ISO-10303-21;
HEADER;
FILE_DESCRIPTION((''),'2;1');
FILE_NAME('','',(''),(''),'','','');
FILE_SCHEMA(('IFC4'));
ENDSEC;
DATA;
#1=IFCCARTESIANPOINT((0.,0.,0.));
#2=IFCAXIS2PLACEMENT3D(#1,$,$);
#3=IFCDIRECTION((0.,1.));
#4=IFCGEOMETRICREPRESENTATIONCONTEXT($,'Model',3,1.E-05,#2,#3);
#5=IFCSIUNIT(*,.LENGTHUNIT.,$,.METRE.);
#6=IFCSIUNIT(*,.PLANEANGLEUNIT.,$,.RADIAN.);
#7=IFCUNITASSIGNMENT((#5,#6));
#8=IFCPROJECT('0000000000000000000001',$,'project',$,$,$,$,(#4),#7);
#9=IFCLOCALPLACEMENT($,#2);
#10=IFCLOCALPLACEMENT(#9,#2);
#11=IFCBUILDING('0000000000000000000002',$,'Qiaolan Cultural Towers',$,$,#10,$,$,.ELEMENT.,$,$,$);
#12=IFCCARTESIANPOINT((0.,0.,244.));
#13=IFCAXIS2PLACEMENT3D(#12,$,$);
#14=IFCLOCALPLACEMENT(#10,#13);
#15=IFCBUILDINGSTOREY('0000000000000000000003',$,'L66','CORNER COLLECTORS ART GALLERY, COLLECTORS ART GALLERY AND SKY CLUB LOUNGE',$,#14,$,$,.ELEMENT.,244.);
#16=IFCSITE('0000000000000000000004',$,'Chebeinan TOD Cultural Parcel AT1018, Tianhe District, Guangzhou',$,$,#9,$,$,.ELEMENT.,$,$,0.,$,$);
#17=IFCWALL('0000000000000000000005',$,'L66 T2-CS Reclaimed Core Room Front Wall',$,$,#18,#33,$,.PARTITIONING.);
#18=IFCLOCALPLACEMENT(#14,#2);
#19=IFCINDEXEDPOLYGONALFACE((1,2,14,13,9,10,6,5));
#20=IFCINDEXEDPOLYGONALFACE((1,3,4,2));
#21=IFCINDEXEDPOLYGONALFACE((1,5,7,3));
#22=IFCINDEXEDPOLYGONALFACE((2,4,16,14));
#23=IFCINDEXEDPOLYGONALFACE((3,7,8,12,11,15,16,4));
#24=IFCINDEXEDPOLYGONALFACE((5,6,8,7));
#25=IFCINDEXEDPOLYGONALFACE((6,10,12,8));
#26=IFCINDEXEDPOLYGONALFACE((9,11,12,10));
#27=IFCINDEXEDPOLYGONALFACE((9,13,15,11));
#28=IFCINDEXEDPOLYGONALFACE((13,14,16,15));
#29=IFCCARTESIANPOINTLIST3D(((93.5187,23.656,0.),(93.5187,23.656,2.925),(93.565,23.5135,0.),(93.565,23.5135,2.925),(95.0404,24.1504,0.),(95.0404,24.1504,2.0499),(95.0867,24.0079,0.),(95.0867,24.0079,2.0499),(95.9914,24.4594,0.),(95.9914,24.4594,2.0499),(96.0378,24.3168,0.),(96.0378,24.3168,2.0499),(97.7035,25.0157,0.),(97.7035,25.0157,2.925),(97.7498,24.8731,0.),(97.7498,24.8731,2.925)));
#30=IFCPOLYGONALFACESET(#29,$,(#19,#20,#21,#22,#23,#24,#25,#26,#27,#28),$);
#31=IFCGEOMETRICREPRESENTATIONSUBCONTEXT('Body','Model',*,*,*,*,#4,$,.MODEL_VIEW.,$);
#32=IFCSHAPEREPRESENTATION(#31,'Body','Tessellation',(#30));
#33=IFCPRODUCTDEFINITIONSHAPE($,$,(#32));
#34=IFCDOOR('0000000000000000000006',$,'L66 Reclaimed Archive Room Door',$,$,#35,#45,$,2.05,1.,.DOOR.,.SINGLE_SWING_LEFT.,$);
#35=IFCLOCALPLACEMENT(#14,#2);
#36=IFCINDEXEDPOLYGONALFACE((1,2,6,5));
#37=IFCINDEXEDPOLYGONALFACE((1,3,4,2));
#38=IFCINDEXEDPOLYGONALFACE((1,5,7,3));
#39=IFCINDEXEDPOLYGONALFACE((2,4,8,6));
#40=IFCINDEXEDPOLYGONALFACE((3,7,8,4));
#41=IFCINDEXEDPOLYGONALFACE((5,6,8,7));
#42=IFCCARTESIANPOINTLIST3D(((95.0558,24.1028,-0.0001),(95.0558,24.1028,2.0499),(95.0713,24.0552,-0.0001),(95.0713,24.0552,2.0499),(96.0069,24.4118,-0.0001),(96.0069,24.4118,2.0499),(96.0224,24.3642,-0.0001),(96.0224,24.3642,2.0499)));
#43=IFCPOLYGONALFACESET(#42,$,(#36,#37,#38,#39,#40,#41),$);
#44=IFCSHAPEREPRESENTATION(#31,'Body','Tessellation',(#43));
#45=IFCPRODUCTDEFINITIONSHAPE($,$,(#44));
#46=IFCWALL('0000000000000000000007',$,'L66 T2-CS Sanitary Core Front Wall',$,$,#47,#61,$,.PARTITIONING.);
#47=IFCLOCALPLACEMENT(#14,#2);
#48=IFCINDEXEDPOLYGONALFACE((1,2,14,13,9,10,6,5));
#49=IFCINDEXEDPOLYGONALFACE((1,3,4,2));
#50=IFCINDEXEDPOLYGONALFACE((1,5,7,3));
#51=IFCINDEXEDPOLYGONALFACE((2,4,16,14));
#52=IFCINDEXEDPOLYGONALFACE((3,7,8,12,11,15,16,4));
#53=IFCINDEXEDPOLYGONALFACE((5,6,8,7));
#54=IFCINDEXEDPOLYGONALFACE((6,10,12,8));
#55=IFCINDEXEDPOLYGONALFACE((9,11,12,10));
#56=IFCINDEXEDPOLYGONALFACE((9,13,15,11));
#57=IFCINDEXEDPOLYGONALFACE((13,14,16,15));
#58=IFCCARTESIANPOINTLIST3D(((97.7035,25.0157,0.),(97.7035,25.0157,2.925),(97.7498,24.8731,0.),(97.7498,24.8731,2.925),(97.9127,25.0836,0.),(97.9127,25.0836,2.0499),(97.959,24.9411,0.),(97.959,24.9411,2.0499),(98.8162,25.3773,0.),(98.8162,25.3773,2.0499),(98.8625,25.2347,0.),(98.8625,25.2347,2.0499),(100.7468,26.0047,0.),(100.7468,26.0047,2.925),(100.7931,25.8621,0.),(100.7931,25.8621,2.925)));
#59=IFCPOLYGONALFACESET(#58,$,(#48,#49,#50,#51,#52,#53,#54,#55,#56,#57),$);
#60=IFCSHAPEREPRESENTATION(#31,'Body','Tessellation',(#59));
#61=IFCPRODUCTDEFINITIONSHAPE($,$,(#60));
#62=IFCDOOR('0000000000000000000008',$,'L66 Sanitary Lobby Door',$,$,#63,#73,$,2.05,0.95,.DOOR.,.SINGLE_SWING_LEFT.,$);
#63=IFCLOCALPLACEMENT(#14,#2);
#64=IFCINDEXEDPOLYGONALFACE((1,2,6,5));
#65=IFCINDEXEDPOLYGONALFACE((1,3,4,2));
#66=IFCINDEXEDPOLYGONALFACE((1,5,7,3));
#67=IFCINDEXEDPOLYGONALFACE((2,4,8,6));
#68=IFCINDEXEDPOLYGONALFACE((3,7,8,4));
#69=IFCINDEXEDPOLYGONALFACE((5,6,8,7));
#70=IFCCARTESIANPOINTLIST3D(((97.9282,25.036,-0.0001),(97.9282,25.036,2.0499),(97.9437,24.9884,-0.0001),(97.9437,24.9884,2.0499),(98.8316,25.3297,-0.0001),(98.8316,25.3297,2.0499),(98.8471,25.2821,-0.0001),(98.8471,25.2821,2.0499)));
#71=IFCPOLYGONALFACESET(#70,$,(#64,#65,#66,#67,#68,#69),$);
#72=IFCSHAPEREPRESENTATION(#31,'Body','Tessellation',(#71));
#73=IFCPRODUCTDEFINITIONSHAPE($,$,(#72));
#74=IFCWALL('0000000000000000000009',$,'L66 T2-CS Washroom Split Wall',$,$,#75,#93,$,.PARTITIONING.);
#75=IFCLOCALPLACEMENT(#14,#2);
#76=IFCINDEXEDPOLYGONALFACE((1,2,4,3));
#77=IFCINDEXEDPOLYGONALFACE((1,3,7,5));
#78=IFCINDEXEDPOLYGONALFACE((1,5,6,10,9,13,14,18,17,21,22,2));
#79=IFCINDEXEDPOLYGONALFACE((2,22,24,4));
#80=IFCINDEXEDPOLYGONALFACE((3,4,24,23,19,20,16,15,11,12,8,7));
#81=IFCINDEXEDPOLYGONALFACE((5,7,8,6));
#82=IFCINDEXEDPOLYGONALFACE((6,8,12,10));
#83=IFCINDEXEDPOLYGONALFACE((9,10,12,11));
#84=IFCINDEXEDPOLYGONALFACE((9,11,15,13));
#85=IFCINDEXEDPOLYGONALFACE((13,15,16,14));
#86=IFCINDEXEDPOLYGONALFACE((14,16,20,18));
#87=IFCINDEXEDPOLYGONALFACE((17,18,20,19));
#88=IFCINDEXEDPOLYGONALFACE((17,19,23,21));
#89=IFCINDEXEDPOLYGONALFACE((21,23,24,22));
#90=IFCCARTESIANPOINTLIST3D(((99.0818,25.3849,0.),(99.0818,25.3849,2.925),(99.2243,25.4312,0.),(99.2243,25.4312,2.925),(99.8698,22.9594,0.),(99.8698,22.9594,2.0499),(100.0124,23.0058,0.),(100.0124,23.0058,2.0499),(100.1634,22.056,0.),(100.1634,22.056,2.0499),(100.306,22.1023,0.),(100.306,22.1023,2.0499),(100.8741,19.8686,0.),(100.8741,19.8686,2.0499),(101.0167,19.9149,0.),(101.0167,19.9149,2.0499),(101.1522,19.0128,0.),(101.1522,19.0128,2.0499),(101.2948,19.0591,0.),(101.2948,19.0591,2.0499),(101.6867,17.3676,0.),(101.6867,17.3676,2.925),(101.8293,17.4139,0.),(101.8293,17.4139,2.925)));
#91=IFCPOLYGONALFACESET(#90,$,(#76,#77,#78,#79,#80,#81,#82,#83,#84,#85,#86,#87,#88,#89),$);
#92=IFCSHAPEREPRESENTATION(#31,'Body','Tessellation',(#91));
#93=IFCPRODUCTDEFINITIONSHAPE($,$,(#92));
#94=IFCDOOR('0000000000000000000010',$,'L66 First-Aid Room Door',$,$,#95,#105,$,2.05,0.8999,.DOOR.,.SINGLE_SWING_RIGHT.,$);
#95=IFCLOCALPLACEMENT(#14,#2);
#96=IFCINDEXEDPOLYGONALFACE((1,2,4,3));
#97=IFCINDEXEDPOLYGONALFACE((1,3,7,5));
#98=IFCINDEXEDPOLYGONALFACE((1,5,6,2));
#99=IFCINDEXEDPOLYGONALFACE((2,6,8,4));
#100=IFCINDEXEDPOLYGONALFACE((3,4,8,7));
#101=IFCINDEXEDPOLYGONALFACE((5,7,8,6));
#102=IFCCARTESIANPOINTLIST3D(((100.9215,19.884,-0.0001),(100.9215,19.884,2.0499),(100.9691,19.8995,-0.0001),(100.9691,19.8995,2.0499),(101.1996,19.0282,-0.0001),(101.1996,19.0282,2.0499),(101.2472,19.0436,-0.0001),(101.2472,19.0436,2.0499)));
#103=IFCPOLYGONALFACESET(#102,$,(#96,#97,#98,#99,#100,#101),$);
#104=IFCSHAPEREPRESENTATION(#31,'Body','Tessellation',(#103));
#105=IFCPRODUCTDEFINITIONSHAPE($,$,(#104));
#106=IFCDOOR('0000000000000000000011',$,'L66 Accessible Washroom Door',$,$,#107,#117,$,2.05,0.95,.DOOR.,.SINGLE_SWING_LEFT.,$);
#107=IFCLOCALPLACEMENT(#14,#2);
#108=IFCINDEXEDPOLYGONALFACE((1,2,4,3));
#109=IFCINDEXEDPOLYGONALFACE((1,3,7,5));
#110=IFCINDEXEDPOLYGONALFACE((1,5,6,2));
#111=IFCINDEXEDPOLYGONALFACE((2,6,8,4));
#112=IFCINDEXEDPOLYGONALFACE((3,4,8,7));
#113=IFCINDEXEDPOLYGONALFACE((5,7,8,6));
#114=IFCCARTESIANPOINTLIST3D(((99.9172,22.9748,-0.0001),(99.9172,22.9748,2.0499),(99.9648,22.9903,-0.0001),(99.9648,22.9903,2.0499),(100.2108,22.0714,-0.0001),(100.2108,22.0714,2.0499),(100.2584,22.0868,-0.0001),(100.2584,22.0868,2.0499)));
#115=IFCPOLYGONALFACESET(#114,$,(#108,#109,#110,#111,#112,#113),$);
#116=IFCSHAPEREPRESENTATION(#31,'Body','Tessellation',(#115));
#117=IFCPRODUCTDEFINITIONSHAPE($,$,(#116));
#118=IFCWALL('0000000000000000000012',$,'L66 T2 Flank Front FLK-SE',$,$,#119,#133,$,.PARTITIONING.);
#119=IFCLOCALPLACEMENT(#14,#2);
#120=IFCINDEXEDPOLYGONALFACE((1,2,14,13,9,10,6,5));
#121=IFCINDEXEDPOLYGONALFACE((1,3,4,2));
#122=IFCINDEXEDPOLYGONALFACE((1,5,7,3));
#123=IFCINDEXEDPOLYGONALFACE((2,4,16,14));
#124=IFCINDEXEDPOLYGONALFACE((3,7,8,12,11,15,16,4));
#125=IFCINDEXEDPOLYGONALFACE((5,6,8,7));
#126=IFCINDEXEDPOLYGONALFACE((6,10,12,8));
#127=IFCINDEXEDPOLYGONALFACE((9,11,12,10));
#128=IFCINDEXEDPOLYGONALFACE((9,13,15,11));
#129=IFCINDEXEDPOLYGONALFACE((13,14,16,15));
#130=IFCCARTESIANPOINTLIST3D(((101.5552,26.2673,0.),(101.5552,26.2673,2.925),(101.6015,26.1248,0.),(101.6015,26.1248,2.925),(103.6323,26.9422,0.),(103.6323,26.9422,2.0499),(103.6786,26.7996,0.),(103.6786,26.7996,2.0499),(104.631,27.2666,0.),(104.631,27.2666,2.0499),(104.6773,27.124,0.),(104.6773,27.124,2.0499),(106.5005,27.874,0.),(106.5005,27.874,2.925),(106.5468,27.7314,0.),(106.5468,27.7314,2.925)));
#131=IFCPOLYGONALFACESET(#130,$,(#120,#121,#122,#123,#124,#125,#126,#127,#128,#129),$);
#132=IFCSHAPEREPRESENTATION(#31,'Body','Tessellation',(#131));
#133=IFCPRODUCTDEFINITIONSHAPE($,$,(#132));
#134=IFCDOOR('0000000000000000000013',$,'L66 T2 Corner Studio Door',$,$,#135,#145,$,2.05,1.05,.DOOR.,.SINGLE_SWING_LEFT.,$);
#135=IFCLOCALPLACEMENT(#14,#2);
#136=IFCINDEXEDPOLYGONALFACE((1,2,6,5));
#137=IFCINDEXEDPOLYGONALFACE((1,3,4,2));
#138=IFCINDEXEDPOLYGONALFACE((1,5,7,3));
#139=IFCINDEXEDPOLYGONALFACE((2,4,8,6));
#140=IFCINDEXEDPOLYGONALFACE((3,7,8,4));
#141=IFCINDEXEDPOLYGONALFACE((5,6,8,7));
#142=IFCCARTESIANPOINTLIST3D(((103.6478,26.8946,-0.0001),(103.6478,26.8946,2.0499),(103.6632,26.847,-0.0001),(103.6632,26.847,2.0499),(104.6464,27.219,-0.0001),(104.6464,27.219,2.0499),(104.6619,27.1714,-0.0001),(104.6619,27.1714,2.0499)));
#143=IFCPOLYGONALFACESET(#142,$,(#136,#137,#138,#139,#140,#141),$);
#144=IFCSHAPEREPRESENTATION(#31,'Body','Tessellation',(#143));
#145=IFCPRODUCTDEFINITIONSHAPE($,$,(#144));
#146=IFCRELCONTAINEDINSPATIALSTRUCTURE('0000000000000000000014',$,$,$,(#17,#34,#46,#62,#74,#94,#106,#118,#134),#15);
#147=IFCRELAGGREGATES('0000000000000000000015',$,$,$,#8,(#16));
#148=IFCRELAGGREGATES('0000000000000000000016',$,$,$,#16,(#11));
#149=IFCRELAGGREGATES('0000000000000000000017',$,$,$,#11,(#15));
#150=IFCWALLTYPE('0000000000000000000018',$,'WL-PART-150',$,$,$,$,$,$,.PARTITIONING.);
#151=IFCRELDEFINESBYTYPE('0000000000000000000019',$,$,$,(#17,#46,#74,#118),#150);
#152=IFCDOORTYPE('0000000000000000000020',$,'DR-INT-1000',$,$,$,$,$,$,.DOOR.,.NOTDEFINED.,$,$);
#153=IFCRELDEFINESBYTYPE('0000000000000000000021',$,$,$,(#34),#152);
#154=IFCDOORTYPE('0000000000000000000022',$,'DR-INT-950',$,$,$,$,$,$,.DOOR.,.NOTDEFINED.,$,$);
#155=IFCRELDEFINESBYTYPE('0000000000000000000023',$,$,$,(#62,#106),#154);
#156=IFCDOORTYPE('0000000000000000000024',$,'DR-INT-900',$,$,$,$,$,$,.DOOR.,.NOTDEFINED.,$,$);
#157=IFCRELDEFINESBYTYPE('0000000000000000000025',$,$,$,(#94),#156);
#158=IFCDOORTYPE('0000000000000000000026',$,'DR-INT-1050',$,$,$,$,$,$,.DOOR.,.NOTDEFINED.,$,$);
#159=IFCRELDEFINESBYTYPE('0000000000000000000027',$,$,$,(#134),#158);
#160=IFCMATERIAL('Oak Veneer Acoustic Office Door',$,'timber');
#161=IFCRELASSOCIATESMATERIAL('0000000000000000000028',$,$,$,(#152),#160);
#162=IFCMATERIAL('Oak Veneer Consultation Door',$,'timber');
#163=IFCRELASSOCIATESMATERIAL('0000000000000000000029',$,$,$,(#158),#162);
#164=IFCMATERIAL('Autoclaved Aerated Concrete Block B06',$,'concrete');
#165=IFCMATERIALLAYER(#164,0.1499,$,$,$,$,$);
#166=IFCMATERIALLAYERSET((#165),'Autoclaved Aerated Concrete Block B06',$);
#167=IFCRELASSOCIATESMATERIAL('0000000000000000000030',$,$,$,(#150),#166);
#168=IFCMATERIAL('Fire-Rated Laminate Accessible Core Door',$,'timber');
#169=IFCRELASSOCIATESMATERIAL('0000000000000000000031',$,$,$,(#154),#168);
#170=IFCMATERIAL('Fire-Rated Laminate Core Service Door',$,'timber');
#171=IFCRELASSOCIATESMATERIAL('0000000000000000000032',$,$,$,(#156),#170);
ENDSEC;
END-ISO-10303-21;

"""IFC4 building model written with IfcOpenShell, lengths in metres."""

from ifc_helpers import new_model, si_unit, direction, frame, frame_2d, origin, place, context, subcontext, project, spatial, rectangle, extrude, material, layer, layer_set, type_object, element, fill, save


model = new_model("IFC4")

# Units and contexts
model_context = context("Model", 3, precision=1e-05, world=origin(), true_north=direction((0.0, 1.0)))
body_context = subcontext(model_context, "Body", "Model", "MODEL_VIEW")
ifc_project = project(units=[si_unit("LENGTHUNIT", "METRE"), si_unit("PLANEANGLEUNIT", "RADIAN")], contexts=[model_context])

# Site, building, storey
site_placement = place(None, origin())
site = spatial("IfcSite", under=ifc_project, at=site_placement, Name="Chebeinan TOD Cultural Parcel AT1018, Tianhe District, Guangzhou", CompositionType="ELEMENT", RefElevation=0.0)
building_placement = place(site_placement, origin())
building = spatial("IfcBuilding", under=site, at=building_placement, Name="Qiaolan Cultural Towers", CompositionType="ELEMENT")
storey_placement = place(building_placement, frame((0.0, 0.0, 244.0)))
storey = spatial("IfcBuildingStorey", under=building, at=storey_placement, Name="L66", Description="CORNER COLLECTORS ART GALLERY, COLLECTORS ART GALLERY AND SKY CLUB LOUNGE", CompositionType="ELEMENT", Elevation=244.0)

# Shared definitions
ifc_material_1 = material(Name="Oak Veneer Acoustic Office Door", Category="timber")
door_type_1 = type_object("IfcDoorType", Name="DR-INT-1000", OperationType="NOTDEFINED", PredefinedType="DOOR", material=ifc_material_1)

# Shared definitions
ifc_material_2 = material(Name="Oak Veneer Consultation Door", Category="timber")
door_type_2 = type_object("IfcDoorType", Name="DR-INT-1050", OperationType="NOTDEFINED", PredefinedType="DOOR", material=ifc_material_2)

# Walls, openings, doors
ifc_material_3 = material(Name="Autoclaved Aerated Concrete Block B06", Category="concrete")
ifc_layer_1 = layer(ifc_material_3, 0.1499)
ifc_layer_set_1 = layer_set([ifc_layer_1], Name="Autoclaved Aerated Concrete Block B06")
wall_type_1 = type_object("IfcWallType", Name="WL-PART-150", PredefinedType="PARTITIONING", material=ifc_layer_set_1)
wall_1_placement = place(storey_placement, frame((93.5417, 23.5847, 0.0), z_axis=(0.0, 0.0, 1.0), x_axis=(0.951064, 0.308994, 0.0)))
wall_1 = element("IfcWall", 1, at=wall_1_placement, inside=storey, type_object=wall_type_1, Name="L66 T2-CS Reclaimed Core Room Front Wall", PredefinedType="PARTITIONING", context=body_context, shape_type="SweptSolid", body=[
    extrude(rectangle(XDim=4.4001, YDim=0.1499, at=frame_2d((2.2002, 0.0))), origin(), (0.0, 0.0, 1.0), 2.925),
])
opening_1_placement = place(wall_1_placement, frame((1.6001, 0.0, 0.0)))
opening_1 = element("IfcOpeningElement", 2, at=opening_1_placement, cuts=wall_1, PredefinedType="OPENING", context=body_context, shape_type="SweptSolid", body=[
    extrude(rectangle(XDim=1.0, YDim=2.05, at=frame_2d((0.5, 1.0249))), frame((0.0, 0.085, 0.0), z_axis=(0.0, -1.0, 0.0), x_axis=(1.0, 0.0, 0.0)), (0.0, 0.0, 1.0), 0.1699),
])
door_1_placement = place(opening_1_placement, origin())
door_1 = element("IfcDoor", 3, at=door_1_placement, inside=storey, type_object=door_type_1, Name="L66 Reclaimed Archive Room Door", OperationType="SINGLE_SWING_LEFT", OverallHeight=2.05, OverallWidth=1.0, PredefinedType="DOOR", context=body_context, shape_type="SweptSolid", body=[
    extrude(rectangle(XDim=1.0, YDim=2.05, at=frame_2d((0.5, 1.0249))), frame((0.0, 0.0249, 0.0), z_axis=(0.0, -1.0, 0.0), x_axis=(1.0, 0.0, 0.0)), (0.0, 0.0, 1.0), 0.05),
])
fill(opening_1, door_1)
wall_2_placement = place(storey_placement, frame((97.7266, 24.9443, 0.0), z_axis=(0.0, 0.0, 1.0), x_axis=(0.951037, 0.309077, 0.0)))
wall_2 = element("IfcWall", 4, at=wall_2_placement, inside=storey, type_object=wall_type_1, Name="L66 T2-CS Sanitary Core Front Wall", PredefinedType="PARTITIONING", context=body_context, shape_type="SweptSolid", body=[
    extrude(rectangle(XDim=3.2, YDim=0.1499, at=frame_2d((1.6001, 0.0))), origin(), (0.0, 0.0, 1.0), 2.925),
])
opening_2_placement = place(wall_2_placement, frame((0.22, 0.0, 0.0)))
opening_2 = element("IfcOpeningElement", 5, at=opening_2_placement, cuts=wall_2, PredefinedType="OPENING", context=body_context, shape_type="SweptSolid", body=[
    extrude(rectangle(XDim=0.95, YDim=2.05, at=frame_2d((0.4751, 1.0249))), frame((0.0, 0.085, 0.0), z_axis=(0.0, -1.0, 0.0), x_axis=(1.0, 0.0, 0.0)), (0.0, 0.0, 1.0), 0.1699),
])
ifc_material_4 = material(Name="Fire-Rated Laminate Accessible Core Door", Category="timber")
door_type_3 = type_object("IfcDoorType", Name="DR-INT-950", OperationType="NOTDEFINED", PredefinedType="DOOR", material=ifc_material_4)
door_2_placement = place(opening_2_placement, origin())
door_2 = element("IfcDoor", 6, at=door_2_placement, inside=storey, type_object=door_type_3, Name="L66 Sanitary Lobby Door", OperationType="SINGLE_SWING_LEFT", OverallHeight=2.05, OverallWidth=0.95, PredefinedType="DOOR", context=body_context, shape_type="SweptSolid", body=[
    extrude(rectangle(XDim=0.95, YDim=2.05, at=frame_2d((0.4751, 1.0249))), frame((0.0, 0.0249, 0.0), z_axis=(0.0, -1.0, 0.0), x_axis=(1.0, 0.0, 0.0)), (0.0, 0.0, 1.0), 0.05),
])
fill(opening_2, door_2)

# Wall, openings, doors
wall_3_placement = place(storey_placement, frame((99.1531, 25.408, 0.0), z_axis=(0.0, 0.0, 1.0), x_axis=(0.309016, -0.951057, 0.0)))
wall_3 = element("IfcWall", 7, at=wall_3_placement, inside=storey, type_object=wall_type_1, Name="L66 T2-CS Washroom Split Wall", PredefinedType="PARTITIONING", context=body_context, shape_type="SweptSolid", body=[
    extrude(rectangle(XDim=8.4299, YDim=0.1499, at=frame_2d((4.2148, 0.0))), origin(), (0.0, 0.0, 1.0), 2.925),
])
opening_3_placement = place(wall_3_placement, frame((2.55, 0.0, 0.0)))
opening_3 = element("IfcOpeningElement", 8, at=opening_3_placement, cuts=wall_3, PredefinedType="OPENING", context=body_context, shape_type="SweptSolid", body=[
    extrude(rectangle(XDim=0.95, YDim=2.05, at=frame_2d((0.4751, 1.0249))), frame((0.0, 0.085, 0.0), z_axis=(0.0, -1.0, 0.0), x_axis=(1.0, 0.0, 0.0)), (0.0, 0.0, 1.0), 0.1699),
])
opening_4_placement = place(wall_3_placement, frame((5.8, 0.0, 0.0)))
opening_4 = element("IfcOpeningElement", 9, at=opening_4_placement, cuts=wall_3, PredefinedType="OPENING", context=body_context, shape_type="SweptSolid", body=[
    extrude(rectangle(XDim=0.8999, YDim=2.05, at=frame_2d((0.45, 1.0249))), frame((0.0, 0.085, 0.0), z_axis=(0.0, -1.0, 0.0), x_axis=(1.0, 0.0, 0.0)), (0.0, 0.0, 1.0), 0.1699),
])
ifc_material_5 = material(Name="Fire-Rated Laminate Core Service Door", Category="timber")
door_type_4 = type_object("IfcDoorType", Name="DR-INT-900", OperationType="NOTDEFINED", PredefinedType="DOOR", material=ifc_material_5)
door_3_placement = place(opening_4_placement, origin())
door_3 = element("IfcDoor", 10, at=door_3_placement, inside=storey, type_object=door_type_4, Name="L66 First-Aid Room Door", OperationType="SINGLE_SWING_RIGHT", OverallHeight=2.05, OverallWidth=0.8999, PredefinedType="DOOR", context=body_context, shape_type="SweptSolid", body=[
    extrude(rectangle(XDim=0.8999, YDim=2.05, at=frame_2d((0.45, 1.0249))), frame((0.0, 0.0249, 0.0), z_axis=(0.0, -1.0, 0.0), x_axis=(1.0, 0.0, 0.0)), (0.0, 0.0, 1.0), 0.05),
])
fill(opening_4, door_3)
door_4_placement = place(opening_3_placement, origin())
door_4 = element("IfcDoor", 11, at=door_4_placement, inside=storey, type_object=door_type_3, Name="L66 Accessible Washroom Door", OperationType="SINGLE_SWING_LEFT", OverallHeight=2.05, OverallWidth=0.95, PredefinedType="DOOR", context=body_context, shape_type="SweptSolid", body=[
    extrude(rectangle(XDim=0.95, YDim=2.05, at=frame_2d((0.4751, 1.0249))), frame((0.0, 0.0249, 0.0), z_axis=(0.0, -1.0, 0.0), x_axis=(1.0, 0.0, 0.0)), (0.0, 0.0, 1.0), 0.05),
])
fill(opening_3, door_4)

# Wall, opening, door
wall_4_placement = place(storey_placement, frame((101.5784, 26.196, 0.0), z_axis=(0.0, 0.0, 1.0), x_axis=(0.951064, 0.308993, 0.0)))
wall_4 = element("IfcWall", 12, at=wall_4_placement, inside=storey, type_object=wall_type_1, Name="L66 T2 Flank Front FLK-SE", PredefinedType="PARTITIONING", context=body_context, shape_type="SweptSolid", body=[
    extrude(rectangle(XDim=5.1997, YDim=0.1499, at=frame_2d((2.5999, 0.0))), origin(), (0.0, 0.0, 1.0), 2.925),
])
opening_5_placement = place(wall_4_placement, frame((2.1841, 0.0, 0.0)))
opening_5 = element("IfcOpeningElement", 13, at=opening_5_placement, cuts=wall_4, PredefinedType="OPENING", context=body_context, shape_type="SweptSolid", body=[
    extrude(rectangle(XDim=1.05, YDim=2.05, at=frame_2d((0.5249, 1.0249))), frame((0.0, 0.085, 0.0), z_axis=(0.0, -1.0, 0.0), x_axis=(1.0, 0.0, 0.0)), (0.0, 0.0, 1.0), 0.1699),
])
door_5_placement = place(opening_5_placement, origin())
door_5 = element("IfcDoor", 14, at=door_5_placement, inside=storey, type_object=door_type_2, Name="L66 T2 Corner Studio Door", OperationType="SINGLE_SWING_LEFT", OverallHeight=2.05, OverallWidth=1.05, PredefinedType="DOOR", context=body_context, shape_type="SweptSolid", body=[
    extrude(rectangle(XDim=1.05, YDim=2.05, at=frame_2d((0.5249, 1.0249))), frame((0.0, 0.0249, 0.0), z_axis=(0.0, -1.0, 0.0), x_axis=(1.0, 0.0, 0.0)), (0.0, 0.0, 1.0), 0.05),
])
fill(opening_5, door_5)

save(model, "model.ifc")
